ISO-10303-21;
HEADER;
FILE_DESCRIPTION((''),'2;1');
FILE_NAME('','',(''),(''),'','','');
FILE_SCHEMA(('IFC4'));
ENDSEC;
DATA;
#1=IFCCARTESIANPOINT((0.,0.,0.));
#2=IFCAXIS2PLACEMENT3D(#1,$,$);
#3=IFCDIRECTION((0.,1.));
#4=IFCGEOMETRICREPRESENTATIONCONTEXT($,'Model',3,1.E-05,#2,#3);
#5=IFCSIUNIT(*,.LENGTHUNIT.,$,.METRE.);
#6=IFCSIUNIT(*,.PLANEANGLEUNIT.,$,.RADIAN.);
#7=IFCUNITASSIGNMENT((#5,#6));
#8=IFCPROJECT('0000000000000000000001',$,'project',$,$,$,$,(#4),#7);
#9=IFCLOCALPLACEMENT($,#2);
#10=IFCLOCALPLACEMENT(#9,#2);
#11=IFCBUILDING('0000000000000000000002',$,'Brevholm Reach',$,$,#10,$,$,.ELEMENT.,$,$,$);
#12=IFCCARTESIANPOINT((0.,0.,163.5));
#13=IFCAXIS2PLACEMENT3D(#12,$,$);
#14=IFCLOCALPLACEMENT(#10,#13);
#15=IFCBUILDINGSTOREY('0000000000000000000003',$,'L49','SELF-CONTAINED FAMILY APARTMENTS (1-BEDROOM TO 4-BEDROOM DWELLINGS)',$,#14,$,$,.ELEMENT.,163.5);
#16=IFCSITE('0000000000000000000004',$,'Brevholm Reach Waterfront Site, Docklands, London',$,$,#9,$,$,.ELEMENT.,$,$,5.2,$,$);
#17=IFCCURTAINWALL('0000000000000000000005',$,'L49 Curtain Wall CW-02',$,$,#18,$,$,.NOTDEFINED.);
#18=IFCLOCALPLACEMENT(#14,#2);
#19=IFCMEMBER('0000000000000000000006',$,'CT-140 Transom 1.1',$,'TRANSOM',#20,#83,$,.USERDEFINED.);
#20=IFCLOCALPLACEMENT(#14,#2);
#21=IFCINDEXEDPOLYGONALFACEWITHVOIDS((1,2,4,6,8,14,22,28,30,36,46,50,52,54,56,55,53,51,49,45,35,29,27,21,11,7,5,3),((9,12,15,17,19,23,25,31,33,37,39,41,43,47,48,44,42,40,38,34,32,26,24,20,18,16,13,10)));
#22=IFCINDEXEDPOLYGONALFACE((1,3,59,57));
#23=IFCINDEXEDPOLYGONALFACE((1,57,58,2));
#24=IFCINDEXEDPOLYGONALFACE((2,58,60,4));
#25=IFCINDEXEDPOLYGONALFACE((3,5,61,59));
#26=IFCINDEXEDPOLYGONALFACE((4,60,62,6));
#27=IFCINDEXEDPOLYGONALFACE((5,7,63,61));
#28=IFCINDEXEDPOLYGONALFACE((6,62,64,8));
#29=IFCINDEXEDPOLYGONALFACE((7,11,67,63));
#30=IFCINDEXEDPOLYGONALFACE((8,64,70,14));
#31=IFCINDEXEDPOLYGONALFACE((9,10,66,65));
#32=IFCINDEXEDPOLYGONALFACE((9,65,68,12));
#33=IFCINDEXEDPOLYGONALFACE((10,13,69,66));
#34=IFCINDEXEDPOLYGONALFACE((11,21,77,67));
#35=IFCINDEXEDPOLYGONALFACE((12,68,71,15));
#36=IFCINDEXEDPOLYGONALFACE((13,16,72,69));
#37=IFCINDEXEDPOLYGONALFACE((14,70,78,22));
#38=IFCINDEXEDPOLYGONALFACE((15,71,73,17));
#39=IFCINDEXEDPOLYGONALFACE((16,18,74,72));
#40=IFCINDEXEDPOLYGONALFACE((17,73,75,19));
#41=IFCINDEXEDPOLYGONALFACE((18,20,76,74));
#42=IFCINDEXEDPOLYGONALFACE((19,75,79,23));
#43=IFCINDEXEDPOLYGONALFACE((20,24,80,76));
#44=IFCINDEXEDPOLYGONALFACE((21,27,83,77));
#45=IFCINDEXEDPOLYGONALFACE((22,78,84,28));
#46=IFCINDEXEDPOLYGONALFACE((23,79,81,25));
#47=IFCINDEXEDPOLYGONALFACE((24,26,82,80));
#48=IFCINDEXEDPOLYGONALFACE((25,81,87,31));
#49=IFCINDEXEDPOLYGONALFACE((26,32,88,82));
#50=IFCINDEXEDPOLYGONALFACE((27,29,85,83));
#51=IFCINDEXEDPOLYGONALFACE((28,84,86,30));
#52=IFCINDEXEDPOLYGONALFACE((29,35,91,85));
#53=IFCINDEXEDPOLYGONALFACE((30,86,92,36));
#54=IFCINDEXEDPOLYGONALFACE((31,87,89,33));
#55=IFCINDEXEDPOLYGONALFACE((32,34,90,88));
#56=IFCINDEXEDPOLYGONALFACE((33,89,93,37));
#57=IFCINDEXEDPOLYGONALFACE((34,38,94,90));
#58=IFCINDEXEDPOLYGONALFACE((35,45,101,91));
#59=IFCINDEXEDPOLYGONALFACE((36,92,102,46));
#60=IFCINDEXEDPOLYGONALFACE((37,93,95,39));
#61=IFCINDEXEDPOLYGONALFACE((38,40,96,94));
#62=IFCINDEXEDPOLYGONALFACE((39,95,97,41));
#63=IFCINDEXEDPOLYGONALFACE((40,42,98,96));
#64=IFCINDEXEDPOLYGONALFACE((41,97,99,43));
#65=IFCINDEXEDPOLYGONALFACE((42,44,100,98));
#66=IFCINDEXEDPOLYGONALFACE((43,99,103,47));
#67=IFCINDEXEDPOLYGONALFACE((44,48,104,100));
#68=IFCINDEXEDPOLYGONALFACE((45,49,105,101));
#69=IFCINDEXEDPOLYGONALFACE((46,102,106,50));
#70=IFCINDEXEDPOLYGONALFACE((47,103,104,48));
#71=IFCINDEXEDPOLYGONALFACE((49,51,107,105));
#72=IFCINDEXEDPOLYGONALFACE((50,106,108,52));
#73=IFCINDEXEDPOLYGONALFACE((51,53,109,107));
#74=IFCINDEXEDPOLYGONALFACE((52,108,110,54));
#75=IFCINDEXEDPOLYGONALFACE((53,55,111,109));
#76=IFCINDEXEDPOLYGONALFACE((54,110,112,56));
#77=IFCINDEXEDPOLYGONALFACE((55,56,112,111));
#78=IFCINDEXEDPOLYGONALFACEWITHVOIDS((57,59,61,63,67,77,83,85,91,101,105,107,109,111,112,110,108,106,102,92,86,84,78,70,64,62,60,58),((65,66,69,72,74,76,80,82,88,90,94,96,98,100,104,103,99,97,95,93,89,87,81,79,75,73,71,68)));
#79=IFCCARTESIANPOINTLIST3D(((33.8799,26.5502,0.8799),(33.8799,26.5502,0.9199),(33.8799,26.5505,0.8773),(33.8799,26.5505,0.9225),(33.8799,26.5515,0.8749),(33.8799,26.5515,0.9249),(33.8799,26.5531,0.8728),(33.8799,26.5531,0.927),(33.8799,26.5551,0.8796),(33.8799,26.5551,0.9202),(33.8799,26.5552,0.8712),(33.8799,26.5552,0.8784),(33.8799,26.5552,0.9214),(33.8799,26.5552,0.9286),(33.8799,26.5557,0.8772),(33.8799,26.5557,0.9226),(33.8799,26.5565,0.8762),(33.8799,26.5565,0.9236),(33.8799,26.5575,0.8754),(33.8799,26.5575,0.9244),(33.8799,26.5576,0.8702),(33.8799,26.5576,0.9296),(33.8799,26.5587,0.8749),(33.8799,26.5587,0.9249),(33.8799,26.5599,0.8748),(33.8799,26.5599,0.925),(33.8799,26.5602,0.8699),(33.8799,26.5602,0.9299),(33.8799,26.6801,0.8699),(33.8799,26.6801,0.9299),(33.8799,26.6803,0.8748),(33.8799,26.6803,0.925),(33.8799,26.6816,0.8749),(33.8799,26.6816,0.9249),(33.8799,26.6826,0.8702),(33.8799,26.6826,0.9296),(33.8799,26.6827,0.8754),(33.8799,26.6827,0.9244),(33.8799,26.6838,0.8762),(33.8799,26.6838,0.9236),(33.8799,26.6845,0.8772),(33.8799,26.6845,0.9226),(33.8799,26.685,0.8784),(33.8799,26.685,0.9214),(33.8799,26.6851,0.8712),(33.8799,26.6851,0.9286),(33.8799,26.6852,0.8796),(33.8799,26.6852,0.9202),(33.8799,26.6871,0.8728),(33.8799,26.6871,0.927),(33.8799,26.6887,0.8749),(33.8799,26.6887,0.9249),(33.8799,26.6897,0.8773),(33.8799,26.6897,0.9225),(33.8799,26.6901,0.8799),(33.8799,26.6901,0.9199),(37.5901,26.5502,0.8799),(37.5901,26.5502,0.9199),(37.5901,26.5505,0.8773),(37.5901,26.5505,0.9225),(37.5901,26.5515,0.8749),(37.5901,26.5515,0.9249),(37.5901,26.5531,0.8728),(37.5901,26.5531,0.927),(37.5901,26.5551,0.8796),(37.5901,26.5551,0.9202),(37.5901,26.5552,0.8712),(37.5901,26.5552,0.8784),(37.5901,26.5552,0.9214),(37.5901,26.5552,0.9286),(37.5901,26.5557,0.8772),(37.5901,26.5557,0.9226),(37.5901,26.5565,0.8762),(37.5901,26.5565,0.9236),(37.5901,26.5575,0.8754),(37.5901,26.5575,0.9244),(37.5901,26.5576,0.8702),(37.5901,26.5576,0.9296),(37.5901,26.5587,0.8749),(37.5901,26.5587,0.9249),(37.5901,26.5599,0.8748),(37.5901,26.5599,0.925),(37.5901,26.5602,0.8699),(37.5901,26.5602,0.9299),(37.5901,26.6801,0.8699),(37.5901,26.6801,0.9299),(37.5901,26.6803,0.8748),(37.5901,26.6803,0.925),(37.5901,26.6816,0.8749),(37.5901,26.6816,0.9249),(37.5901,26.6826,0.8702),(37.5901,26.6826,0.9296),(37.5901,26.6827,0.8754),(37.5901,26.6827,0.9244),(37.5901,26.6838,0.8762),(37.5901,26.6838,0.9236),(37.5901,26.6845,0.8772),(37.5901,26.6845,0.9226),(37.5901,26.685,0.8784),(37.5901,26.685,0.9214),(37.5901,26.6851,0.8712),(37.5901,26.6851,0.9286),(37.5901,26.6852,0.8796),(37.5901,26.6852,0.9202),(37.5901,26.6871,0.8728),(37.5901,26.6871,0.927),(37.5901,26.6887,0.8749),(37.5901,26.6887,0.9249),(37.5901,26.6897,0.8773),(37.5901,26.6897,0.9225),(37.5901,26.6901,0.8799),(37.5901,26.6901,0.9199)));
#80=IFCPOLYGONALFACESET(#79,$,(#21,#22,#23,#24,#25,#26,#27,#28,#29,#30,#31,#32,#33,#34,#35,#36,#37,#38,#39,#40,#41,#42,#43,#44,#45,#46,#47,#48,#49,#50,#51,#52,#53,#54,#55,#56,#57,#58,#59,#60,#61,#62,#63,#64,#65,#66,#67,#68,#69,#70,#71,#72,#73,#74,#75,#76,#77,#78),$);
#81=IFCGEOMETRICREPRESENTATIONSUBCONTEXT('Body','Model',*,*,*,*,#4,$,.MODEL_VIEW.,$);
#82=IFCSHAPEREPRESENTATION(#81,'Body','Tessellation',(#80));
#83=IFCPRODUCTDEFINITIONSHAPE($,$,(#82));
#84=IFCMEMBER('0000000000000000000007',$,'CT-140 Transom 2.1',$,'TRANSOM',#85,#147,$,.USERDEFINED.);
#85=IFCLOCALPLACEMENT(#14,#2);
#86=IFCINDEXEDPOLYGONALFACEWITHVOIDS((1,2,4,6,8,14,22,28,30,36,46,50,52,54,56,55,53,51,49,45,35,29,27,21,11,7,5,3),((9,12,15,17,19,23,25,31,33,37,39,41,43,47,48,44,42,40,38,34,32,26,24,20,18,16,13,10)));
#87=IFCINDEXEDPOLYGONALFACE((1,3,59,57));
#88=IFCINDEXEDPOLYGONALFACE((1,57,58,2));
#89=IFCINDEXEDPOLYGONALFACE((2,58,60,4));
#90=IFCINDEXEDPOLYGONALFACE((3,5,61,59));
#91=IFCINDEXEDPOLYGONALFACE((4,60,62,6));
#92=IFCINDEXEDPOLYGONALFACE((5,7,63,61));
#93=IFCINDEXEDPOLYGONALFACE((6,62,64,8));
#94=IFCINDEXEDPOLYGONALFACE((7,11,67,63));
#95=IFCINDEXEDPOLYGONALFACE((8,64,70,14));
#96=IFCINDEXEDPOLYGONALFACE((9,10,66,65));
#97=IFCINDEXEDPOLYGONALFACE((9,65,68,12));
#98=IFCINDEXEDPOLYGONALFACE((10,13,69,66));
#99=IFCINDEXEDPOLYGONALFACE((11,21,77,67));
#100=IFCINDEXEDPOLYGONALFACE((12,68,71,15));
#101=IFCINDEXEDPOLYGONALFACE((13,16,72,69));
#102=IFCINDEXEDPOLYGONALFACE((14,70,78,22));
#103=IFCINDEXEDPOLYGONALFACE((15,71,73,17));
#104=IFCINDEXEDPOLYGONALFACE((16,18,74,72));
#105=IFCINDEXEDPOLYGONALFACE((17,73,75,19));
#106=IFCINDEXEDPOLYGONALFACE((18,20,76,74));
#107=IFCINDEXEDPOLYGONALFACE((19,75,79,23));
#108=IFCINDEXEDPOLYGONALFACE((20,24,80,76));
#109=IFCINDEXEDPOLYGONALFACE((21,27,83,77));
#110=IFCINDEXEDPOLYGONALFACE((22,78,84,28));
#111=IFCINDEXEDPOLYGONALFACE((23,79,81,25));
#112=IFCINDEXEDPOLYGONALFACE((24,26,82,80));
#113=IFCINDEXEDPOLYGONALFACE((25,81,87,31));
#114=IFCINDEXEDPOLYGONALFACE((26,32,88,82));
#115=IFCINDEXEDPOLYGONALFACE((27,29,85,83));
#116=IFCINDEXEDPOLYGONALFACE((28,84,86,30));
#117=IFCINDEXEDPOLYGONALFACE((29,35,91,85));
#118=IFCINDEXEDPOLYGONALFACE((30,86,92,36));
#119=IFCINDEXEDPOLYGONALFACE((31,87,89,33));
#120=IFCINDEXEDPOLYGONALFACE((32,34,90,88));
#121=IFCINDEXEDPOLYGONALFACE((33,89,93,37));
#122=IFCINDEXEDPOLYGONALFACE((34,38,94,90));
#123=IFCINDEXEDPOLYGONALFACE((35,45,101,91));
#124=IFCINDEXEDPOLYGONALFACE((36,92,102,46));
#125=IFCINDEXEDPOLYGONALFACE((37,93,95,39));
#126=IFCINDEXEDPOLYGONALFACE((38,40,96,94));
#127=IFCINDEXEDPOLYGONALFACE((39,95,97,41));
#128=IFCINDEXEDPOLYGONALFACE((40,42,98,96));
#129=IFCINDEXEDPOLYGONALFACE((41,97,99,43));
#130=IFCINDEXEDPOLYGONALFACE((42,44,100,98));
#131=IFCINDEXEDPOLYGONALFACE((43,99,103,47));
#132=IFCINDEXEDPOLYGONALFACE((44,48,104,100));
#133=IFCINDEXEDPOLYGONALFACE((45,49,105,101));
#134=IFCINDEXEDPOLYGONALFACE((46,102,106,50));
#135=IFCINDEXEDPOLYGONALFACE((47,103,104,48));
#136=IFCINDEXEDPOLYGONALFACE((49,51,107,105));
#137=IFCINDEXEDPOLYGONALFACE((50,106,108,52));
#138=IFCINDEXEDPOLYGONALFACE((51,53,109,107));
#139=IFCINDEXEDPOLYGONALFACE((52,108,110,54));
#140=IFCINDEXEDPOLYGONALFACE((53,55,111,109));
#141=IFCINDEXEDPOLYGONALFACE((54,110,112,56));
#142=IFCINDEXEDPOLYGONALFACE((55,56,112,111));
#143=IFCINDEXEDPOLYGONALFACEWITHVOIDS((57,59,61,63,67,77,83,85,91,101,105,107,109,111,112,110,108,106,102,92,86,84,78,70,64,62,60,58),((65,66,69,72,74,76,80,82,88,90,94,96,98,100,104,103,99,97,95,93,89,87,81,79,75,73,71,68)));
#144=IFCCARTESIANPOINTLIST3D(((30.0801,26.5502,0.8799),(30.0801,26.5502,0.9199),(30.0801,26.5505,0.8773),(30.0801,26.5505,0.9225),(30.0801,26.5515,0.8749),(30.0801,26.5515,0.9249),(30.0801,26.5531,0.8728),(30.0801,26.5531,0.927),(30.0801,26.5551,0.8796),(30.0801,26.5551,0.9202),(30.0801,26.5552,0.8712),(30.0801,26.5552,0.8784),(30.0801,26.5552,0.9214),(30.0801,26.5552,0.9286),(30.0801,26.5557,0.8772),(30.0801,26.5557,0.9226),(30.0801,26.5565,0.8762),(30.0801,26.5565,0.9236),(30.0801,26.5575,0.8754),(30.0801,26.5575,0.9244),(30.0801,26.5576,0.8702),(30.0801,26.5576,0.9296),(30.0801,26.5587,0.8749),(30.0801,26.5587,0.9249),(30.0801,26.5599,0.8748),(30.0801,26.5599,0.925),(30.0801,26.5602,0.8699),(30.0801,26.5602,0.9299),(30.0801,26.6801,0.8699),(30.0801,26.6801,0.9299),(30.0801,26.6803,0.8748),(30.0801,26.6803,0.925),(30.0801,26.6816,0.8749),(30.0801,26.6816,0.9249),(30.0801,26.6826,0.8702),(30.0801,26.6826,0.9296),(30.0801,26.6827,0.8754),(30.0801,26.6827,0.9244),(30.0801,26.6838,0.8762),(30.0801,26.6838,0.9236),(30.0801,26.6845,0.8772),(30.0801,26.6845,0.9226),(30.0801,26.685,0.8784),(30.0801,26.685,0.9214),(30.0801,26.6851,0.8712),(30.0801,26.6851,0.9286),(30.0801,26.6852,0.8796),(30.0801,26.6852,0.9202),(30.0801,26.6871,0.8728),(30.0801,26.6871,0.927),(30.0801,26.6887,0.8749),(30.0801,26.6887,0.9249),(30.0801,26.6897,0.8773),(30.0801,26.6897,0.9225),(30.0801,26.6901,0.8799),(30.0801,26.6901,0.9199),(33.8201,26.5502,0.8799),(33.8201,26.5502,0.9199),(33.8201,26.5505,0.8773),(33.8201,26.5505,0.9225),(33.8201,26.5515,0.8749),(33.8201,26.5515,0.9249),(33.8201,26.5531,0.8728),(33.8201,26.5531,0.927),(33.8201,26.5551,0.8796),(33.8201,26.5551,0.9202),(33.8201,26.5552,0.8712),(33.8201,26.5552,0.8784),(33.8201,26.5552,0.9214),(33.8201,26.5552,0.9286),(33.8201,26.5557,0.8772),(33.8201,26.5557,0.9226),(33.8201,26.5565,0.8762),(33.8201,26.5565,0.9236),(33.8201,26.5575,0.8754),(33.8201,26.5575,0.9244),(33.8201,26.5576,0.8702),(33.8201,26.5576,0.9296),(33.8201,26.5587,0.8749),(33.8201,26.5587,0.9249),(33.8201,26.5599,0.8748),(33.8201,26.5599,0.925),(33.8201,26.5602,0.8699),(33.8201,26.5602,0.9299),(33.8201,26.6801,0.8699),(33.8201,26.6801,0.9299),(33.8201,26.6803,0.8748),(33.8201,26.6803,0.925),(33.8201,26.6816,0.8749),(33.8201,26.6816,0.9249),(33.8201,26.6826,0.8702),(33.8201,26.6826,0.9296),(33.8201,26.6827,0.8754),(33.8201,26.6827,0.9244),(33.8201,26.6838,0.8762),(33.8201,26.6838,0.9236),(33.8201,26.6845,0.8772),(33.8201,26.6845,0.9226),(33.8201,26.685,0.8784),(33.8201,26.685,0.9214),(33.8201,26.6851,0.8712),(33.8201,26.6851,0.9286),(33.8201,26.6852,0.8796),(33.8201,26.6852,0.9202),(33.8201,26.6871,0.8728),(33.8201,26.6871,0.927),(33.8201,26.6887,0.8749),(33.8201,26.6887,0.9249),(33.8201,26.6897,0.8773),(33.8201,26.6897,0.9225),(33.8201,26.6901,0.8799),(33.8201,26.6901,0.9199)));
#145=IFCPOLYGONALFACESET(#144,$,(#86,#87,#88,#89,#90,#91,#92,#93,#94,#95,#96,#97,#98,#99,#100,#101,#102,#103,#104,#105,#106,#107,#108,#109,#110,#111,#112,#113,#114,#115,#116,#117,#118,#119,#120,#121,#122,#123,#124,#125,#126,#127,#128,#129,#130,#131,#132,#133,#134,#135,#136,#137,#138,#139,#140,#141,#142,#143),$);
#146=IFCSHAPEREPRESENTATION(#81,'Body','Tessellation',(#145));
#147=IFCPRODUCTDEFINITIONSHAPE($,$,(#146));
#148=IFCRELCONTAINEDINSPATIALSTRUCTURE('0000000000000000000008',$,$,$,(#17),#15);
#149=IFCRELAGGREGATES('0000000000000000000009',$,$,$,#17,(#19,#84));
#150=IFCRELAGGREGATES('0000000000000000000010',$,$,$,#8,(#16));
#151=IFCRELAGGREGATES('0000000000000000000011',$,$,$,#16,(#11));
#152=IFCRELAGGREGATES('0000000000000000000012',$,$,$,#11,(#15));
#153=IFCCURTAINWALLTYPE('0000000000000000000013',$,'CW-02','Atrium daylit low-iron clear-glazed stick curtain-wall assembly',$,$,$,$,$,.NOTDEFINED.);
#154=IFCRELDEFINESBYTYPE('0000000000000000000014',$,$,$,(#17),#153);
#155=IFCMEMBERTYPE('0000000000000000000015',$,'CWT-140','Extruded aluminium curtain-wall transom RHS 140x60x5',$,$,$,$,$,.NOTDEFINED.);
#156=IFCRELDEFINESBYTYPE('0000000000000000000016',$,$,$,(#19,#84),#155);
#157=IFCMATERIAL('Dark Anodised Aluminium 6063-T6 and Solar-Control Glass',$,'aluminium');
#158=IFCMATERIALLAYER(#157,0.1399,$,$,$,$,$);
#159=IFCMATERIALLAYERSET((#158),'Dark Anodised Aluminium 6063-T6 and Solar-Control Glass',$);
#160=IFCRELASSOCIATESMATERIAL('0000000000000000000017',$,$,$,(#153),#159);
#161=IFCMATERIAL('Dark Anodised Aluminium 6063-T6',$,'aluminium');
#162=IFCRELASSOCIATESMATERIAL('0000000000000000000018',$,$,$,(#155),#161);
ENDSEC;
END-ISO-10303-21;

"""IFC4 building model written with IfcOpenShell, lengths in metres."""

from ifc_helpers import new_model, si_unit, direction, frame, origin, origin_2d, place, context, subcontext, project, spatial, hollow_rectangle, extrude, material, layer, layer_set, material_profile, profile_set, type_object, element, aggregate, save


model = new_model("IFC4")

# Units and contexts
model_context = context("Model", 3, precision=1e-05, world=origin(), true_north=direction((0.0, 1.0)))
body_context = subcontext(model_context, "Body", "Model", "MODEL_VIEW")
ifc_project = project(units=[si_unit("LENGTHUNIT", "METRE"), si_unit("PLANEANGLEUNIT", "RADIAN")], contexts=[model_context])

# Site, building, storey
site_placement = place(None, origin())
site = spatial("IfcSite", under=ifc_project, at=site_placement, Name="Brevholm Reach Waterfront Site, Docklands, London", CompositionType="ELEMENT", RefElevation=5.2)
building_placement = place(site_placement, origin())
building = spatial("IfcBuilding", under=site, at=building_placement, Name="Brevholm Reach", CompositionType="ELEMENT")
storey_placement = place(building_placement, frame((0.0, 0.0, 163.5)))
storey = spatial("IfcBuildingStorey", under=building, at=storey_placement, Name="L49", Description="SELF-CONTAINED FAMILY APARTMENTS (1-BEDROOM TO 4-BEDROOM DWELLINGS)", CompositionType="ELEMENT", Elevation=163.5)

# Curtain wall
ifc_material_1 = material(Name="Dark Anodised Aluminium 6063-T6 and Solar-Control Glass", Category="aluminium")
ifc_layer_1 = layer(ifc_material_1, 0.1399)
ifc_layer_set_1 = layer_set([ifc_layer_1], Name="Dark Anodised Aluminium 6063-T6 and Solar-Control Glass")
curtain_wall_type_1 = type_object("IfcCurtainWallType", Name="CW-02", Description="Atrium daylit low-iron clear-glazed stick curtain-wall assembly", PredefinedType="NOTDEFINED", material=ifc_layer_set_1)
curtain_wall_1_placement = place(storey_placement, origin())
curtain_wall_1 = element("IfcCurtainWall", 1, at=curtain_wall_1_placement, inside=storey, type_object=curtain_wall_type_1, Name="L49 Curtain Wall CW-02", PredefinedType="NOTDEFINED")

# Members
ifc_material_2 = material(Name="Dark Anodised Aluminium 6063-T6", Category="aluminium")
ifc_material_profile_1 = material_profile(ifc_material_2, hollow_rectangle(XDim=0.0601, YDim=0.1399, WallThickness=0.0049, InnerFilletRadius=0.0049, OuterFilletRadius=0.01, at=origin_2d()), Name="RHS 140x60x5")
ifc_profile_set_1 = profile_set([ifc_material_profile_1], Name="Dark Anodised Aluminium 6063-T6")
member_type_1 = type_object("IfcMemberType", Name="CWT-140", Description="Extruded aluminium curtain-wall transom RHS 140x60x5", PredefinedType="NOTDEFINED", material=ifc_profile_set_1)
member_1_placement = place(storey_placement, frame((37.5901, 26.6201, 0.8999), z_axis=(-1.0, 0.0, 0.0), x_axis=(0.0, 0.0, 1.0)))
member_1 = element("IfcMember", 2, at=member_1_placement, type_object=member_type_1, Name="CT-140 Transom 1.1", ObjectType="TRANSOM", PredefinedType="USERDEFINED", context=body_context, shape_type="SweptSolid", body=[
    extrude(hollow_rectangle(XDim=0.0601, YDim=0.1399, WallThickness=0.0049, InnerFilletRadius=0.0049, OuterFilletRadius=0.01, at=origin_2d()), origin(), (0.0, 0.0, 1.0), 3.7102),
])
member_2_placement = place(storey_placement, frame((33.8201, 26.6201, 0.8999), z_axis=(-1.0, 0.0, 0.0), x_axis=(0.0, 0.0, 1.0)))
member_2 = element("IfcMember", 3, at=member_2_placement, type_object=member_type_1, Name="CT-140 Transom 2.1", ObjectType="TRANSOM", PredefinedType="USERDEFINED", context=body_context, shape_type="SweptSolid", body=[
    extrude(hollow_rectangle(XDim=0.0601, YDim=0.1399, WallThickness=0.0049, InnerFilletRadius=0.0049, OuterFilletRadius=0.01, at=origin_2d()), origin(), (0.0, 0.0, 1.0), 3.74),
])

aggregate(curtain_wall_1, [member_1, member_2])

save(model, "model.ifc")
